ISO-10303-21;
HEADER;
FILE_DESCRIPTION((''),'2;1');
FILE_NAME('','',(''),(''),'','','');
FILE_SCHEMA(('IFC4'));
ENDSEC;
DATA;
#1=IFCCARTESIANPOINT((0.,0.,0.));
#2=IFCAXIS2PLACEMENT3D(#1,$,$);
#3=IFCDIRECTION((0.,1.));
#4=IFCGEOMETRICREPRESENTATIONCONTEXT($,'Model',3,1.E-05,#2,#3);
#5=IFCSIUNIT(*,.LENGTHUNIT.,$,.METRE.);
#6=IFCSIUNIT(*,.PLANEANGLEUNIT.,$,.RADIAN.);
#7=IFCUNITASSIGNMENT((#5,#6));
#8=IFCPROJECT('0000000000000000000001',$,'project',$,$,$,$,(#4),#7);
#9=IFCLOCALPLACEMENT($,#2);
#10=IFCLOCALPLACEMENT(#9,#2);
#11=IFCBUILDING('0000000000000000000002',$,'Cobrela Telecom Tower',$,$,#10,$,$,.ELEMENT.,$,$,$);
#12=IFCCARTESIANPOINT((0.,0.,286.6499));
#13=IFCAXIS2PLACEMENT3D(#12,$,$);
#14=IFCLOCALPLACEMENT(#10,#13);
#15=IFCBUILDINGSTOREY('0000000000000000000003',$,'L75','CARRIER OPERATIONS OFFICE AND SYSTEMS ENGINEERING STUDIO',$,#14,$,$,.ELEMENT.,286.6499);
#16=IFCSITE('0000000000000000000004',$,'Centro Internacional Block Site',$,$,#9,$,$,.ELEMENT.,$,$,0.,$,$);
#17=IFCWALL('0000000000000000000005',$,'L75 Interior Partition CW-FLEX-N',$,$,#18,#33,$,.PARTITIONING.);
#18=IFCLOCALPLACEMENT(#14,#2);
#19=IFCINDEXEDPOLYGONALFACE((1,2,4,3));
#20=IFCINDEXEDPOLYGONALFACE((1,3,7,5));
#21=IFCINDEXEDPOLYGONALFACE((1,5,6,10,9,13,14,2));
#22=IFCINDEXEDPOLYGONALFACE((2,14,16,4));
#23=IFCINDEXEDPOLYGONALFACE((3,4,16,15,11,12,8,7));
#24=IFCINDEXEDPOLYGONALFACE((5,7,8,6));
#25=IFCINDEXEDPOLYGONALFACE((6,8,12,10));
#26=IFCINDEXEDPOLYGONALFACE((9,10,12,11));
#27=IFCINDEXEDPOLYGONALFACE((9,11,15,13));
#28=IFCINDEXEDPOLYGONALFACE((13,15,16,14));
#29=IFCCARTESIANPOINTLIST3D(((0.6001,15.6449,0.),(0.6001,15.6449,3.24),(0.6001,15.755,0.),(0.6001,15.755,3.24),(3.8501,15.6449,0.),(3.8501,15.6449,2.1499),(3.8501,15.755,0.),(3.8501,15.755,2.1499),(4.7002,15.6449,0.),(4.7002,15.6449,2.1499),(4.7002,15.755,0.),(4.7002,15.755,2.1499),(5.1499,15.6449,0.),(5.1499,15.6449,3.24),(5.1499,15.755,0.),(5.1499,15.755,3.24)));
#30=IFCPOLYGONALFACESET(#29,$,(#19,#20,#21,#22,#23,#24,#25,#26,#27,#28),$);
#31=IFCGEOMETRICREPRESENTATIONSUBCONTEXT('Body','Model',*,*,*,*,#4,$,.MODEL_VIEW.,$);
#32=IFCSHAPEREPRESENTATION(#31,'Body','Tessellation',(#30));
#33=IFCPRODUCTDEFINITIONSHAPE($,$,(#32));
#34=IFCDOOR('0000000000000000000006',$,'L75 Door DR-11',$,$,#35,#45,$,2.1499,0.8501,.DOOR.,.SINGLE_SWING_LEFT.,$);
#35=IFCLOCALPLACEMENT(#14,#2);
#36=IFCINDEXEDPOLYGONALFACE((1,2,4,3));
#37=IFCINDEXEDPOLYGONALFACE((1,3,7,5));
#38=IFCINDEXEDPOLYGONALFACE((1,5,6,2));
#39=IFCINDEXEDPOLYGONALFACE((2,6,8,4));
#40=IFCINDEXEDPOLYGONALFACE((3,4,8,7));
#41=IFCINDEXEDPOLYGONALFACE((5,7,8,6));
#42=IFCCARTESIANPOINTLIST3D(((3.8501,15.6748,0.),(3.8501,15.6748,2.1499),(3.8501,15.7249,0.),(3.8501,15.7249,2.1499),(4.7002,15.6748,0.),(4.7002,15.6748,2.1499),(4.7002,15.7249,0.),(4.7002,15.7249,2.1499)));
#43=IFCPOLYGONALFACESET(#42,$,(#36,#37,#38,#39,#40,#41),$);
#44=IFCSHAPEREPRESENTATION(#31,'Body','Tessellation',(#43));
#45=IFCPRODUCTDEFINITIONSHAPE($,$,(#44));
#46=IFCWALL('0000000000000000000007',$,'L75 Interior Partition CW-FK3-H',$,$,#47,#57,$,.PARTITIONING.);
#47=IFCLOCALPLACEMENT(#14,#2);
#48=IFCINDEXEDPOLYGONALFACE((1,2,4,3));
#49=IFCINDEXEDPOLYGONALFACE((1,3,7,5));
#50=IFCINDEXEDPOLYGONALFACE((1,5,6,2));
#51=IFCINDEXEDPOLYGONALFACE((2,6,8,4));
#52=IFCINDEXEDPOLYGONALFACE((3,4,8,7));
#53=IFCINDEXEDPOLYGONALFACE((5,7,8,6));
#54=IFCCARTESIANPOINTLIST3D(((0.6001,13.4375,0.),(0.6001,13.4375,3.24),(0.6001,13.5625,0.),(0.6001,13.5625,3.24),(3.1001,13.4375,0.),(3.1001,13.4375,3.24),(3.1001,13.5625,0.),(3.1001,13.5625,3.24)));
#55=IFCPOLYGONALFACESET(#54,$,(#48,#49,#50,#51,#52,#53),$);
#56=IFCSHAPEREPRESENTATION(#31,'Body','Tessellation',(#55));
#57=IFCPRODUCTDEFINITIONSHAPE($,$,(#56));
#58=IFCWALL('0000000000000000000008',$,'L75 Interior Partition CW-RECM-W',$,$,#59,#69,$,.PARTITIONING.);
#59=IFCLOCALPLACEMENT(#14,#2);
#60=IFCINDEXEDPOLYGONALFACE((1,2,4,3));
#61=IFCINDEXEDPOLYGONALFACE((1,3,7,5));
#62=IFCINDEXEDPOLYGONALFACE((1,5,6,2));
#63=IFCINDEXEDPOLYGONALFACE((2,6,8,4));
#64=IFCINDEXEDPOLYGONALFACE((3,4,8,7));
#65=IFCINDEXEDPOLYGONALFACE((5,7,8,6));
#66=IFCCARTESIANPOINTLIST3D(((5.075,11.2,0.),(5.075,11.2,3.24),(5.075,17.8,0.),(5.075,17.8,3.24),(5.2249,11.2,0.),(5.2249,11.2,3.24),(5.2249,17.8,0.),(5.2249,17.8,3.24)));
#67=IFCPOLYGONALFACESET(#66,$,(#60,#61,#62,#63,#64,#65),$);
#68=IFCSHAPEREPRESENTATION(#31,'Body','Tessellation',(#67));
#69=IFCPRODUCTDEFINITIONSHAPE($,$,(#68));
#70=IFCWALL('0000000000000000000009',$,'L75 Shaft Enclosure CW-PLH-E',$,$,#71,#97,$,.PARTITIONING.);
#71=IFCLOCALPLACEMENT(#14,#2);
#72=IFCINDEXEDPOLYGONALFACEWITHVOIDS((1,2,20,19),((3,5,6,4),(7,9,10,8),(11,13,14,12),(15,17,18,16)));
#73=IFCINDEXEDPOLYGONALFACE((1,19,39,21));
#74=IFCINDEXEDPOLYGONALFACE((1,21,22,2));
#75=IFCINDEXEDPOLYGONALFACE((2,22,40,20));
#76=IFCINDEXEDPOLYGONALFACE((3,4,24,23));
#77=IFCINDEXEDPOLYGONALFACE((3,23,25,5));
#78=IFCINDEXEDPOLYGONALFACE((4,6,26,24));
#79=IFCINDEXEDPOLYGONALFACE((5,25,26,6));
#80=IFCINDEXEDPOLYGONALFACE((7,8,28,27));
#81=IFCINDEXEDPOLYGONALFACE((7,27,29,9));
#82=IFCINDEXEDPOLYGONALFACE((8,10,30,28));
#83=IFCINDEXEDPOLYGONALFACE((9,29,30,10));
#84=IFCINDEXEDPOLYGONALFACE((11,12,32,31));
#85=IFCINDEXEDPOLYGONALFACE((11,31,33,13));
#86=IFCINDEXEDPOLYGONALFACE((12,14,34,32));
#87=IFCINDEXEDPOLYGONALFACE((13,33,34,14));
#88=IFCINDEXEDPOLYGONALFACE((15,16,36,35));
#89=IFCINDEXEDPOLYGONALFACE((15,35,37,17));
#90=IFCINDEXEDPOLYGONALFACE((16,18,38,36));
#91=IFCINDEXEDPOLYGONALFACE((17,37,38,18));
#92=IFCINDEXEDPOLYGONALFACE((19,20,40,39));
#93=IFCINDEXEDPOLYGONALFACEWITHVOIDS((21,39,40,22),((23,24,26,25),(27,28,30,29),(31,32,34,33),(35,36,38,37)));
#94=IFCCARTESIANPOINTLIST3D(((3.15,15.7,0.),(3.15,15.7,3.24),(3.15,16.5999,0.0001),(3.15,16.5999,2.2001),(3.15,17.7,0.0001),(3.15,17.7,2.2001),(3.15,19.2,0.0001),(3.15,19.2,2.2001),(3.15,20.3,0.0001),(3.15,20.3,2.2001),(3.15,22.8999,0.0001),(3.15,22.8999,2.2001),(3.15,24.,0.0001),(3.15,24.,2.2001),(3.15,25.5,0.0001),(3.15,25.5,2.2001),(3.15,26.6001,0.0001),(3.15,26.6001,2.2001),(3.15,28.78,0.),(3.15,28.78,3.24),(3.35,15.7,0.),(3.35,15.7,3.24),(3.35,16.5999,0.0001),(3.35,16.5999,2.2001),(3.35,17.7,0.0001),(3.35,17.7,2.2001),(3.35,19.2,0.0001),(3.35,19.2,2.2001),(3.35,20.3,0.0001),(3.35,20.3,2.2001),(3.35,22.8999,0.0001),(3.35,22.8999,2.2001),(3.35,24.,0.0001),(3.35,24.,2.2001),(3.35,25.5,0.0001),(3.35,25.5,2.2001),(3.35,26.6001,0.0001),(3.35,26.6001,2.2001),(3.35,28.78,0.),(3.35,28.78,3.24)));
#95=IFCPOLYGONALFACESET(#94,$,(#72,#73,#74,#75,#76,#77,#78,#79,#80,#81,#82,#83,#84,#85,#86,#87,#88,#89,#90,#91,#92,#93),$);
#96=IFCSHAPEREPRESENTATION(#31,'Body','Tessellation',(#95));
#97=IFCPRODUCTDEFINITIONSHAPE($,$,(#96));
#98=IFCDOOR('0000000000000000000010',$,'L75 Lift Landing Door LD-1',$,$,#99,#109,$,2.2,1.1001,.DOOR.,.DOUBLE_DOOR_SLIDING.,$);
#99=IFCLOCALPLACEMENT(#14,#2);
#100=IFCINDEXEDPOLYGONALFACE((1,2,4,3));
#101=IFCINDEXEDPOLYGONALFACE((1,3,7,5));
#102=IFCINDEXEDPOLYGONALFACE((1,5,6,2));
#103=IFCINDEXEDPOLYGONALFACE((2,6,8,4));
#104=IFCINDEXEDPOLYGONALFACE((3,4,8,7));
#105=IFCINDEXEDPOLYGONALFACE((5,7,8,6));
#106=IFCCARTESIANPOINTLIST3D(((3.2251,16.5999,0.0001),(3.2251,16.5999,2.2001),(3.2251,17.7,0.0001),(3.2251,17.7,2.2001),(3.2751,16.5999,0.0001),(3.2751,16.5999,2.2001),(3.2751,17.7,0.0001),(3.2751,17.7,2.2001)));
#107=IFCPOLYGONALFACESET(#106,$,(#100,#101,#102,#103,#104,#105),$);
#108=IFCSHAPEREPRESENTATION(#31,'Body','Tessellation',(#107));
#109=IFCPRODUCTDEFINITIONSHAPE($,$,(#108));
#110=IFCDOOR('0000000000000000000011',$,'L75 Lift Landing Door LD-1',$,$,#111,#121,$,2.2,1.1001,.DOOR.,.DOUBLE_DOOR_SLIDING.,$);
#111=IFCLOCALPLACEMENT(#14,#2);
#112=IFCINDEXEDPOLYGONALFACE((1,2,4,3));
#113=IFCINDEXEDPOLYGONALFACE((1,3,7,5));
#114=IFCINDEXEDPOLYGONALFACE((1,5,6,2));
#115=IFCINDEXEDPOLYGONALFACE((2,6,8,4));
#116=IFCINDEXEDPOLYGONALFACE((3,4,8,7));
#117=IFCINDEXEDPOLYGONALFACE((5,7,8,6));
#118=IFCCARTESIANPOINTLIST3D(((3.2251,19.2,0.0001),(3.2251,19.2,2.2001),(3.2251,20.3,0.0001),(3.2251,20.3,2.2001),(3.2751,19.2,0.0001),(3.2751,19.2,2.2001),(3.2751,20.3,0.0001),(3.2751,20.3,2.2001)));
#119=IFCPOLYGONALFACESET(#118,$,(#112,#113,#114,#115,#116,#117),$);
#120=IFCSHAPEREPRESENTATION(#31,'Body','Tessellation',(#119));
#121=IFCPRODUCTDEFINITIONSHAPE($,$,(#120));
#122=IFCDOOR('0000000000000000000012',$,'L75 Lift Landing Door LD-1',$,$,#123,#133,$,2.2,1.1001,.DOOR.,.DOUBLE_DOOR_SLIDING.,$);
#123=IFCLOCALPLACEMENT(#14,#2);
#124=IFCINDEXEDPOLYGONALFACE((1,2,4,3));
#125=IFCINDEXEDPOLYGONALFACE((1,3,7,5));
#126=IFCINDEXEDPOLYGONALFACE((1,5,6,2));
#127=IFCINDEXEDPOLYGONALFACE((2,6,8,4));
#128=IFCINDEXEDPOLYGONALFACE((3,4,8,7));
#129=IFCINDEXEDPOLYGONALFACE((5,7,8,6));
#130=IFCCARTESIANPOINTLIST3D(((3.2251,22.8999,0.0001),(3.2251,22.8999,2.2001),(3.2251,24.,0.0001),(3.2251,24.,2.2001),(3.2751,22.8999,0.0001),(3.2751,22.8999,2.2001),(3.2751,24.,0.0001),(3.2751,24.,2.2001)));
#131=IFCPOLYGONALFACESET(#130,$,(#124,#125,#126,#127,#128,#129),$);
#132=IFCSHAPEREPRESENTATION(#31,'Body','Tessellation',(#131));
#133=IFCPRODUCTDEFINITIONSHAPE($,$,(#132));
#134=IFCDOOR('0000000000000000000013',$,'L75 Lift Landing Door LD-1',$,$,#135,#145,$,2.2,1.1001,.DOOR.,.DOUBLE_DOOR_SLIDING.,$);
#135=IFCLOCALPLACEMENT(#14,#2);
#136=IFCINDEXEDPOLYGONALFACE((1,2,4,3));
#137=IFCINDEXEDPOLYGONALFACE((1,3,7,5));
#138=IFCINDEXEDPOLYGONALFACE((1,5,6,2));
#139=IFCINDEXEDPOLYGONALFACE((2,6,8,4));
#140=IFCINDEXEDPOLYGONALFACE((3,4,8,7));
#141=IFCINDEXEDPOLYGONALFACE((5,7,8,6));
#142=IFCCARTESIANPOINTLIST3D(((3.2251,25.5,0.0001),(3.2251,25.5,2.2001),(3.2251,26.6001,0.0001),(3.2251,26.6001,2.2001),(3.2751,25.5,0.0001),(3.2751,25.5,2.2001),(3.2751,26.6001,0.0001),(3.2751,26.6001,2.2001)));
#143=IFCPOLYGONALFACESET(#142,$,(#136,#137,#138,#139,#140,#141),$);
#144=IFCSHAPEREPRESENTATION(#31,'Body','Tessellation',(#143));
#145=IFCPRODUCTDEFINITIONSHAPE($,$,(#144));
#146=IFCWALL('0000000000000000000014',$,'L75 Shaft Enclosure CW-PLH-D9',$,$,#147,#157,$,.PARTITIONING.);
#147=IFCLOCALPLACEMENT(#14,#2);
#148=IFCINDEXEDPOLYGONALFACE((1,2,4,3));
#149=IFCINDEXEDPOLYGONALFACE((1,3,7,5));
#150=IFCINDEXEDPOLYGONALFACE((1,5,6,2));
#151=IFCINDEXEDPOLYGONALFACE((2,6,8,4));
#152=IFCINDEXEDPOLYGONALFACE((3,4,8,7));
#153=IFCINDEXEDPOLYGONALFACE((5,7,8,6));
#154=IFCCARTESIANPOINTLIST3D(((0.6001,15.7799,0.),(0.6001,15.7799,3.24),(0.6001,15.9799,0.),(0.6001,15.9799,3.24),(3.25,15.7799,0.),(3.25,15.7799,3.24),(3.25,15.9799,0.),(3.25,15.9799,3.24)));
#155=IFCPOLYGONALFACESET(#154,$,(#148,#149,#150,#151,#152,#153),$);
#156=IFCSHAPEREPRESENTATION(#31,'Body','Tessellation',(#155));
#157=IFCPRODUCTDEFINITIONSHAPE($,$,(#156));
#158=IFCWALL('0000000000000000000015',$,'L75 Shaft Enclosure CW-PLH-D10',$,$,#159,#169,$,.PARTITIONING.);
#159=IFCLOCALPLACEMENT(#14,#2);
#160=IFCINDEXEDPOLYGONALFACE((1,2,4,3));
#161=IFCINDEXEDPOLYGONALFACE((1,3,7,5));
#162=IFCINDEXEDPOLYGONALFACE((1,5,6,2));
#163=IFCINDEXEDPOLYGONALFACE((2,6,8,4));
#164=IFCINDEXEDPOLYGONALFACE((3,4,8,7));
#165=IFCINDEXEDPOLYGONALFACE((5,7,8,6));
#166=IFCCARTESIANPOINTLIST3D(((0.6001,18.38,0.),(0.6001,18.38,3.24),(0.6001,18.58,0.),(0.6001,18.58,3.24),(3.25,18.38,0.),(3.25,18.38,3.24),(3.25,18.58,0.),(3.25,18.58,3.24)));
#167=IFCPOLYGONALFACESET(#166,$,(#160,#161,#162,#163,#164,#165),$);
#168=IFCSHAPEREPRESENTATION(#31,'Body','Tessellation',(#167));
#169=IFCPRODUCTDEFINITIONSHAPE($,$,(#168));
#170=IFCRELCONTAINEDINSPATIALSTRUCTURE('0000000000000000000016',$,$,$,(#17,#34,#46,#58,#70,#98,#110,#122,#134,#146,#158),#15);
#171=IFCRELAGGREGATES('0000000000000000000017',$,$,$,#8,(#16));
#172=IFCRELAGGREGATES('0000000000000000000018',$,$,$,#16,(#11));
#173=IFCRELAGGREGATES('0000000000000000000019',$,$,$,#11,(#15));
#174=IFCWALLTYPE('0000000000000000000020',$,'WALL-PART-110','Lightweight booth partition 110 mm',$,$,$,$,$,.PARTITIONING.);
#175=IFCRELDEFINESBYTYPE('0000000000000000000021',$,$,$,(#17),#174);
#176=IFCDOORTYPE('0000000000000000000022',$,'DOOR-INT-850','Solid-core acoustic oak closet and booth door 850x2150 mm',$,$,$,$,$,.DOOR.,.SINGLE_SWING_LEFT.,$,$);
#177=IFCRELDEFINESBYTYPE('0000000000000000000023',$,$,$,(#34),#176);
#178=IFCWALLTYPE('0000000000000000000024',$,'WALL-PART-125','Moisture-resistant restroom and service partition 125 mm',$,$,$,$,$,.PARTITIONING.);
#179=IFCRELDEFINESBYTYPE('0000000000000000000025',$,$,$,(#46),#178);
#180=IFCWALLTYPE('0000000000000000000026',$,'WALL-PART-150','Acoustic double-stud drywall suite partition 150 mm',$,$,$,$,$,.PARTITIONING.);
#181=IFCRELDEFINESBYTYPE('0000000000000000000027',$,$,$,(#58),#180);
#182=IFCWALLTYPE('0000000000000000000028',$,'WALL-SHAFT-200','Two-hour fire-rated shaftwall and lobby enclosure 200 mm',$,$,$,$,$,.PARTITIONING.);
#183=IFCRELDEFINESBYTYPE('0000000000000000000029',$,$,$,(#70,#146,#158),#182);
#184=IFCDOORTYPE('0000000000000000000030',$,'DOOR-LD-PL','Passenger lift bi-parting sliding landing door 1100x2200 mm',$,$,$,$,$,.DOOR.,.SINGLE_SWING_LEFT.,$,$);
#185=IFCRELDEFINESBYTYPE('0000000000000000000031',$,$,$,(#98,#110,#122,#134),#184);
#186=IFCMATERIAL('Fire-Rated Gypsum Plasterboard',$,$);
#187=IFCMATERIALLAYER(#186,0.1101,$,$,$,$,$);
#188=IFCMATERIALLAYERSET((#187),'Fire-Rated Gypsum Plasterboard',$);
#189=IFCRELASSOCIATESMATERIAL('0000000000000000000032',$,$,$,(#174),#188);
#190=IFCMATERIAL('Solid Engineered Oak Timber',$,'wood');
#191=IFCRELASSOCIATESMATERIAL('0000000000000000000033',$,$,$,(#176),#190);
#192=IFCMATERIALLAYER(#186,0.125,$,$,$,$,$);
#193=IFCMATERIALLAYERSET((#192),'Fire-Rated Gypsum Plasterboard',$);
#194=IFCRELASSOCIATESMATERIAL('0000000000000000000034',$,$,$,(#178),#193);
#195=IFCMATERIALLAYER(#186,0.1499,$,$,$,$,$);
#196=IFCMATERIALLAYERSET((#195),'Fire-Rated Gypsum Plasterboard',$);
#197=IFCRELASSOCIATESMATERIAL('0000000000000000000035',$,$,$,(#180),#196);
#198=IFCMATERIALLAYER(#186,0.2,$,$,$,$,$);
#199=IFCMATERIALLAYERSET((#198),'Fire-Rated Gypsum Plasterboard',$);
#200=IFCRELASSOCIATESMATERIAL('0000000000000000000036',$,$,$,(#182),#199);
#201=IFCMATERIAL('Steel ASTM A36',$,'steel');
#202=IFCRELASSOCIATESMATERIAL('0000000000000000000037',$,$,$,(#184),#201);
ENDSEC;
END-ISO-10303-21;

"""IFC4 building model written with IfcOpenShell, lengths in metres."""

from ifc_helpers import new_model, si_unit, direction, frame, frame_2d, origin, place, context, subcontext, project, spatial, rectangle, extrude, material, layer, layer_set, type_object, element, fill, save


model = new_model("IFC4")

# Units and contexts
model_context = context("Model", 3, precision=1e-05, world=origin(), true_north=direction((0.0, 1.0)))
body_context = subcontext(model_context, "Body", "Model", "MODEL_VIEW")
ifc_project = project(units=[si_unit("LENGTHUNIT", "METRE"), si_unit("PLANEANGLEUNIT", "RADIAN")], contexts=[model_context])

# Site, building, storey
site_placement = place(None, origin())
site = spatial("IfcSite", under=ifc_project, at=site_placement, Name="Centro Internacional Block Site", CompositionType="ELEMENT", RefElevation=0.0)
building_placement = place(site_placement, origin())
building = spatial("IfcBuilding", under=site, at=building_placement, Name="Cobrela Telecom Tower", CompositionType="ELEMENT")
storey_placement = place(building_placement, frame((0.0, 0.0, 286.6499)))
storey = spatial("IfcBuildingStorey", under=building, at=storey_placement, Name="L75", Description="CARRIER OPERATIONS OFFICE AND SYSTEMS ENGINEERING STUDIO", CompositionType="ELEMENT", Elevation=286.6499)

# Wall, opening, door
ifc_material_1 = material(Name="Fire-Rated Gypsum Plasterboard")
ifc_layer_1 = layer(ifc_material_1, 0.1101)
ifc_layer_set_1 = layer_set([ifc_layer_1], Name="Fire-Rated Gypsum Plasterboard")
wall_type_1 = type_object("IfcWallType", Name="WALL-PART-110", Description="Lightweight booth partition 110 mm", PredefinedType="PARTITIONING", material=ifc_layer_set_1)
wall_1_placement = place(storey_placement, frame((0.6001, 15.7, 0.0), z_axis=(0.0, 0.0, 1.0), x_axis=(1.0, 0.0, 0.0)))
wall_1 = element("IfcWall", 1, at=wall_1_placement, inside=storey, type_object=wall_type_1, Name="L75 Interior Partition CW-FLEX-N", PredefinedType="PARTITIONING", context=body_context, shape_type="SweptSolid", body=[
    extrude(rectangle(XDim=4.5498, YDim=0.1101, at=frame_2d((2.2749, 0.0))), origin(), (0.0, 0.0, 1.0), 3.24),
])
opening_1_placement = place(wall_1_placement, frame((3.25, 0.0, 0.0)))
opening_1 = element("IfcOpeningElement", 2, at=opening_1_placement, cuts=wall_1, PredefinedType="OPENING", context=body_context, shape_type="SweptSolid", body=[
    extrude(rectangle(XDim=0.8501, YDim=2.1499, at=frame_2d((0.425, 1.075))), frame((0.0, 0.0669, 0.0), z_axis=(0.0, -1.0, 0.0), x_axis=(1.0, 0.0, 0.0)), (0.0, 0.0, 1.0), 0.134),
])
ifc_material_2 = material(Name="Solid Engineered Oak Timber", Category="wood")
door_type_1 = type_object("IfcDoorType", Name="DOOR-INT-850", Description="Solid-core acoustic oak closet and booth door 850x2150 mm", OperationType="SINGLE_SWING_LEFT", PredefinedType="DOOR", material=ifc_material_2)
door_1_placement = place(opening_1_placement, origin())
door_1 = element("IfcDoor", 3, at=door_1_placement, inside=storey, type_object=door_type_1, Name="L75 Door DR-11", OperationType="SINGLE_SWING_LEFT", OverallHeight=2.1499, OverallWidth=0.8501, PredefinedType="DOOR", context=body_context, shape_type="SweptSolid", body=[
    extrude(rectangle(XDim=0.8501, YDim=2.1499, at=frame_2d((0.425, 1.075))), frame((0.0, 0.0249, 0.0), z_axis=(0.0, -1.0, 0.0), x_axis=(1.0, 0.0, 0.0)), (0.0, 0.0, 1.0), 0.05),
])
fill(opening_1, door_1)

# Wall
ifc_layer_2 = layer(ifc_material_1, 0.125)
ifc_layer_set_2 = layer_set([ifc_layer_2], Name="Fire-Rated Gypsum Plasterboard")
wall_type_2 = type_object("IfcWallType", Name="WALL-PART-125", Description="Moisture-resistant restroom and service partition 125 mm", PredefinedType="PARTITIONING", material=ifc_layer_set_2)
wall_2_placement = place(storey_placement, frame((0.6001, 13.5, 0.0), z_axis=(0.0, 0.0, 1.0), x_axis=(1.0, 0.0, 0.0)))
element("IfcWall", 4, at=wall_2_placement, inside=storey, type_object=wall_type_2, Name="L75 Interior Partition CW-FK3-H", PredefinedType="PARTITIONING", context=body_context, shape_type="SweptSolid", body=[
    extrude(rectangle(XDim=2.5, YDim=0.125, at=frame_2d((1.25, 0.0))), origin(), (0.0, 0.0, 1.0), 3.24),
])

# Wall
ifc_layer_3 = layer(ifc_material_1, 0.1499)
ifc_layer_set_3 = layer_set([ifc_layer_3], Name="Fire-Rated Gypsum Plasterboard")
wall_type_3 = type_object("IfcWallType", Name="WALL-PART-150", Description="Acoustic double-stud drywall suite partition 150 mm", PredefinedType="PARTITIONING", material=ifc_layer_set_3)
wall_3_placement = place(storey_placement, frame((5.1499, 11.2, 0.0), z_axis=(0.0, 0.0, 1.0), x_axis=(0.0, 1.0, 0.0)))
element("IfcWall", 5, at=wall_3_placement, inside=storey, type_object=wall_type_3, Name="L75 Interior Partition CW-RECM-W", PredefinedType="PARTITIONING", context=body_context, shape_type="SweptSolid", body=[
    extrude(rectangle(XDim=6.6001, YDim=0.1499, at=frame_2d((3.3, 0.0))), origin(), (0.0, 0.0, 1.0), 3.24),
])

# Wall, openings, doors
ifc_layer_4 = layer(ifc_material_1, 0.2)
ifc_layer_set_4 = layer_set([ifc_layer_4], Name="Fire-Rated Gypsum Plasterboard")
wall_type_4 = type_object("IfcWallType", Name="WALL-SHAFT-200", Description="Two-hour fire-rated shaftwall and lobby enclosure 200 mm", PredefinedType="PARTITIONING", material=ifc_layer_set_4)
wall_4_placement = place(storey_placement, frame((3.25, 15.7, 0.0), z_axis=(0.0, 0.0, 1.0), x_axis=(0.0, 1.0, 0.0)))
wall_4 = element("IfcWall", 6, at=wall_4_placement, inside=storey, type_object=wall_type_4, Name="L75 Shaft Enclosure CW-PLH-E", PredefinedType="PARTITIONING", context=body_context, shape_type="SweptSolid", body=[
    extrude(rectangle(XDim=13.0801, YDim=0.2, at=frame_2d((6.54, 0.0))), origin(), (0.0, 0.0, 1.0), 3.24),
])
opening_2_placement = place(wall_4_placement, frame((0.8999, 0.0, 0.0)))
opening_2 = element("IfcOpeningElement", 7, at=opening_2_placement, cuts=wall_4, PredefinedType="OPENING", context=body_context, shape_type="SweptSolid", body=[
    extrude(rectangle(XDim=1.1001, YDim=2.2, at=frame_2d((0.55, 1.1001))), frame((0.0, 0.1118, 0.0), z_axis=(0.0, -1.0, 0.0), x_axis=(1.0, 0.0, 0.0)), (0.0, 0.0, 1.0), 0.2239),
])
opening_3_placement = place(wall_4_placement, frame((3.5, 0.0, 0.0)))
opening_3 = element("IfcOpeningElement", 8, at=opening_3_placement, cuts=wall_4, PredefinedType="OPENING", context=body_context, shape_type="SweptSolid", body=[
    extrude(rectangle(XDim=1.1001, YDim=2.2, at=frame_2d((0.55, 1.1001))), frame((0.0, 0.1118, 0.0), z_axis=(0.0, -1.0, 0.0), x_axis=(1.0, 0.0, 0.0)), (0.0, 0.0, 1.0), 0.2239),
])
opening_4_placement = place(wall_4_placement, frame((7.2, 0.0, 0.0)))
opening_4 = element("IfcOpeningElement", 9, at=opening_4_placement, cuts=wall_4, PredefinedType="OPENING", context=body_context, shape_type="SweptSolid", body=[
    extrude(rectangle(XDim=1.1001, YDim=2.2, at=frame_2d((0.55, 1.1001))), frame((0.0, 0.1118, 0.0), z_axis=(0.0, -1.0, 0.0), x_axis=(1.0, 0.0, 0.0)), (0.0, 0.0, 1.0), 0.2239),
])
opening_5_placement = place(wall_4_placement, frame((9.8, 0.0, 0.0)))
opening_5 = element("IfcOpeningElement", 10, at=opening_5_placement, cuts=wall_4, PredefinedType="OPENING", context=body_context, shape_type="SweptSolid", body=[
    extrude(rectangle(XDim=1.1001, YDim=2.2, at=frame_2d((0.55, 1.1001))), frame((0.0, 0.1118, 0.0), z_axis=(0.0, -1.0, 0.0), x_axis=(1.0, 0.0, 0.0)), (0.0, 0.0, 1.0), 0.2239),
])
ifc_material_3 = material(Name="Steel ASTM A36", Category="steel")
door_type_2 = type_object("IfcDoorType", Name="DOOR-LD-PL", Description="Passenger lift bi-parting sliding landing door 1100x2200 mm", OperationType="SINGLE_SWING_LEFT", PredefinedType="DOOR", material=ifc_material_3)
door_2_placement = place(opening_2_placement, origin())
door_2 = element("IfcDoor", 11, at=door_2_placement, inside=storey, type_object=door_type_2, Name="L75 Lift Landing Door LD-1", OperationType="DOUBLE_DOOR_SLIDING", OverallHeight=2.2, OverallWidth=1.1001, PredefinedType="DOOR", context=body_context, shape_type="SweptSolid", body=[
    extrude(rectangle(XDim=1.1001, YDim=2.2, at=frame_2d((0.55, 1.1001))), frame((0.0, 0.0249, 0.0), z_axis=(0.0, -1.0, 0.0), x_axis=(1.0, 0.0, 0.0)), (0.0, 0.0, 1.0), 0.05),
])
fill(opening_2, door_2)
door_3_placement = place(opening_3_placement, origin())
door_3 = element("IfcDoor", 12, at=door_3_placement, inside=storey, type_object=door_type_2, Name="L75 Lift Landing Door LD-1", OperationType="DOUBLE_DOOR_SLIDING", OverallHeight=2.2, OverallWidth=1.1001, PredefinedType="DOOR", context=body_context, shape_type="SweptSolid", body=[
    extrude(rectangle(XDim=1.1001, YDim=2.2, at=frame_2d((0.55, 1.1001))), frame((0.0, 0.0249, 0.0), z_axis=(0.0, -1.0, 0.0), x_axis=(1.0, 0.0, 0.0)), (0.0, 0.0, 1.0), 0.05),
])
fill(opening_3, door_3)
door_4_placement = place(opening_4_placement, origin())
door_4 = element("IfcDoor", 13, at=door_4_placement, inside=storey, type_object=door_type_2, Name="L75 Lift Landing Door LD-1", OperationType="DOUBLE_DOOR_SLIDING", OverallHeight=2.2, OverallWidth=1.1001, PredefinedType="DOOR", context=body_context, shape_type="SweptSolid", body=[
    extrude(rectangle(XDim=1.1001, YDim=2.2, at=frame_2d((0.55, 1.1001))), frame((0.0, 0.0249, 0.0), z_axis=(0.0, -1.0, 0.0), x_axis=(1.0, 0.0, 0.0)), (0.0, 0.0, 1.0), 0.05),
])
fill(opening_4, door_4)
door_5_placement = place(opening_5_placement, origin())
door_5 = element("IfcDoor", 14, at=door_5_placement, inside=storey, type_object=door_type_2, Name="L75 Lift Landing Door LD-1", OperationType="DOUBLE_DOOR_SLIDING", OverallHeight=2.2, OverallWidth=1.1001, PredefinedType="DOOR", context=body_context, shape_type="SweptSolid", body=[
    extrude(rectangle(XDim=1.1001, YDim=2.2, at=frame_2d((0.55, 1.1001))), frame((0.0, 0.0249, 0.0), z_axis=(0.0, -1.0, 0.0), x_axis=(1.0, 0.0, 0.0)), (0.0, 0.0, 1.0), 0.05),
])
fill(opening_5, door_5)

# Walls
for number, where, z_axis, x_axis, name in (
    (15, (0.6001, 15.8799, 0.0), (0.0, 0.0, 1.0), (1.0, 0.0, 0.0), "L75 Shaft Enclosure CW-PLH-D9"),
    (16, (0.6001, 18.48, 0.0), (0.0, 0.0, 1.0), (1.0, 0.0, 0.0), "L75 Shaft Enclosure CW-PLH-D10"),
):
    element("IfcWall", number, at=place(storey_placement, frame(where, z_axis=z_axis, x_axis=x_axis)), inside=storey, type_object=wall_type_4, Name=name, PredefinedType="PARTITIONING", context=body_context, shape_type="SweptSolid", body=[
        extrude(rectangle(XDim=2.6499, YDim=0.2, at=frame_2d((1.325, 0.0))), origin(), (0.0, 0.0, 1.0), 3.24),
    ])

save(model, "model.ifc")
